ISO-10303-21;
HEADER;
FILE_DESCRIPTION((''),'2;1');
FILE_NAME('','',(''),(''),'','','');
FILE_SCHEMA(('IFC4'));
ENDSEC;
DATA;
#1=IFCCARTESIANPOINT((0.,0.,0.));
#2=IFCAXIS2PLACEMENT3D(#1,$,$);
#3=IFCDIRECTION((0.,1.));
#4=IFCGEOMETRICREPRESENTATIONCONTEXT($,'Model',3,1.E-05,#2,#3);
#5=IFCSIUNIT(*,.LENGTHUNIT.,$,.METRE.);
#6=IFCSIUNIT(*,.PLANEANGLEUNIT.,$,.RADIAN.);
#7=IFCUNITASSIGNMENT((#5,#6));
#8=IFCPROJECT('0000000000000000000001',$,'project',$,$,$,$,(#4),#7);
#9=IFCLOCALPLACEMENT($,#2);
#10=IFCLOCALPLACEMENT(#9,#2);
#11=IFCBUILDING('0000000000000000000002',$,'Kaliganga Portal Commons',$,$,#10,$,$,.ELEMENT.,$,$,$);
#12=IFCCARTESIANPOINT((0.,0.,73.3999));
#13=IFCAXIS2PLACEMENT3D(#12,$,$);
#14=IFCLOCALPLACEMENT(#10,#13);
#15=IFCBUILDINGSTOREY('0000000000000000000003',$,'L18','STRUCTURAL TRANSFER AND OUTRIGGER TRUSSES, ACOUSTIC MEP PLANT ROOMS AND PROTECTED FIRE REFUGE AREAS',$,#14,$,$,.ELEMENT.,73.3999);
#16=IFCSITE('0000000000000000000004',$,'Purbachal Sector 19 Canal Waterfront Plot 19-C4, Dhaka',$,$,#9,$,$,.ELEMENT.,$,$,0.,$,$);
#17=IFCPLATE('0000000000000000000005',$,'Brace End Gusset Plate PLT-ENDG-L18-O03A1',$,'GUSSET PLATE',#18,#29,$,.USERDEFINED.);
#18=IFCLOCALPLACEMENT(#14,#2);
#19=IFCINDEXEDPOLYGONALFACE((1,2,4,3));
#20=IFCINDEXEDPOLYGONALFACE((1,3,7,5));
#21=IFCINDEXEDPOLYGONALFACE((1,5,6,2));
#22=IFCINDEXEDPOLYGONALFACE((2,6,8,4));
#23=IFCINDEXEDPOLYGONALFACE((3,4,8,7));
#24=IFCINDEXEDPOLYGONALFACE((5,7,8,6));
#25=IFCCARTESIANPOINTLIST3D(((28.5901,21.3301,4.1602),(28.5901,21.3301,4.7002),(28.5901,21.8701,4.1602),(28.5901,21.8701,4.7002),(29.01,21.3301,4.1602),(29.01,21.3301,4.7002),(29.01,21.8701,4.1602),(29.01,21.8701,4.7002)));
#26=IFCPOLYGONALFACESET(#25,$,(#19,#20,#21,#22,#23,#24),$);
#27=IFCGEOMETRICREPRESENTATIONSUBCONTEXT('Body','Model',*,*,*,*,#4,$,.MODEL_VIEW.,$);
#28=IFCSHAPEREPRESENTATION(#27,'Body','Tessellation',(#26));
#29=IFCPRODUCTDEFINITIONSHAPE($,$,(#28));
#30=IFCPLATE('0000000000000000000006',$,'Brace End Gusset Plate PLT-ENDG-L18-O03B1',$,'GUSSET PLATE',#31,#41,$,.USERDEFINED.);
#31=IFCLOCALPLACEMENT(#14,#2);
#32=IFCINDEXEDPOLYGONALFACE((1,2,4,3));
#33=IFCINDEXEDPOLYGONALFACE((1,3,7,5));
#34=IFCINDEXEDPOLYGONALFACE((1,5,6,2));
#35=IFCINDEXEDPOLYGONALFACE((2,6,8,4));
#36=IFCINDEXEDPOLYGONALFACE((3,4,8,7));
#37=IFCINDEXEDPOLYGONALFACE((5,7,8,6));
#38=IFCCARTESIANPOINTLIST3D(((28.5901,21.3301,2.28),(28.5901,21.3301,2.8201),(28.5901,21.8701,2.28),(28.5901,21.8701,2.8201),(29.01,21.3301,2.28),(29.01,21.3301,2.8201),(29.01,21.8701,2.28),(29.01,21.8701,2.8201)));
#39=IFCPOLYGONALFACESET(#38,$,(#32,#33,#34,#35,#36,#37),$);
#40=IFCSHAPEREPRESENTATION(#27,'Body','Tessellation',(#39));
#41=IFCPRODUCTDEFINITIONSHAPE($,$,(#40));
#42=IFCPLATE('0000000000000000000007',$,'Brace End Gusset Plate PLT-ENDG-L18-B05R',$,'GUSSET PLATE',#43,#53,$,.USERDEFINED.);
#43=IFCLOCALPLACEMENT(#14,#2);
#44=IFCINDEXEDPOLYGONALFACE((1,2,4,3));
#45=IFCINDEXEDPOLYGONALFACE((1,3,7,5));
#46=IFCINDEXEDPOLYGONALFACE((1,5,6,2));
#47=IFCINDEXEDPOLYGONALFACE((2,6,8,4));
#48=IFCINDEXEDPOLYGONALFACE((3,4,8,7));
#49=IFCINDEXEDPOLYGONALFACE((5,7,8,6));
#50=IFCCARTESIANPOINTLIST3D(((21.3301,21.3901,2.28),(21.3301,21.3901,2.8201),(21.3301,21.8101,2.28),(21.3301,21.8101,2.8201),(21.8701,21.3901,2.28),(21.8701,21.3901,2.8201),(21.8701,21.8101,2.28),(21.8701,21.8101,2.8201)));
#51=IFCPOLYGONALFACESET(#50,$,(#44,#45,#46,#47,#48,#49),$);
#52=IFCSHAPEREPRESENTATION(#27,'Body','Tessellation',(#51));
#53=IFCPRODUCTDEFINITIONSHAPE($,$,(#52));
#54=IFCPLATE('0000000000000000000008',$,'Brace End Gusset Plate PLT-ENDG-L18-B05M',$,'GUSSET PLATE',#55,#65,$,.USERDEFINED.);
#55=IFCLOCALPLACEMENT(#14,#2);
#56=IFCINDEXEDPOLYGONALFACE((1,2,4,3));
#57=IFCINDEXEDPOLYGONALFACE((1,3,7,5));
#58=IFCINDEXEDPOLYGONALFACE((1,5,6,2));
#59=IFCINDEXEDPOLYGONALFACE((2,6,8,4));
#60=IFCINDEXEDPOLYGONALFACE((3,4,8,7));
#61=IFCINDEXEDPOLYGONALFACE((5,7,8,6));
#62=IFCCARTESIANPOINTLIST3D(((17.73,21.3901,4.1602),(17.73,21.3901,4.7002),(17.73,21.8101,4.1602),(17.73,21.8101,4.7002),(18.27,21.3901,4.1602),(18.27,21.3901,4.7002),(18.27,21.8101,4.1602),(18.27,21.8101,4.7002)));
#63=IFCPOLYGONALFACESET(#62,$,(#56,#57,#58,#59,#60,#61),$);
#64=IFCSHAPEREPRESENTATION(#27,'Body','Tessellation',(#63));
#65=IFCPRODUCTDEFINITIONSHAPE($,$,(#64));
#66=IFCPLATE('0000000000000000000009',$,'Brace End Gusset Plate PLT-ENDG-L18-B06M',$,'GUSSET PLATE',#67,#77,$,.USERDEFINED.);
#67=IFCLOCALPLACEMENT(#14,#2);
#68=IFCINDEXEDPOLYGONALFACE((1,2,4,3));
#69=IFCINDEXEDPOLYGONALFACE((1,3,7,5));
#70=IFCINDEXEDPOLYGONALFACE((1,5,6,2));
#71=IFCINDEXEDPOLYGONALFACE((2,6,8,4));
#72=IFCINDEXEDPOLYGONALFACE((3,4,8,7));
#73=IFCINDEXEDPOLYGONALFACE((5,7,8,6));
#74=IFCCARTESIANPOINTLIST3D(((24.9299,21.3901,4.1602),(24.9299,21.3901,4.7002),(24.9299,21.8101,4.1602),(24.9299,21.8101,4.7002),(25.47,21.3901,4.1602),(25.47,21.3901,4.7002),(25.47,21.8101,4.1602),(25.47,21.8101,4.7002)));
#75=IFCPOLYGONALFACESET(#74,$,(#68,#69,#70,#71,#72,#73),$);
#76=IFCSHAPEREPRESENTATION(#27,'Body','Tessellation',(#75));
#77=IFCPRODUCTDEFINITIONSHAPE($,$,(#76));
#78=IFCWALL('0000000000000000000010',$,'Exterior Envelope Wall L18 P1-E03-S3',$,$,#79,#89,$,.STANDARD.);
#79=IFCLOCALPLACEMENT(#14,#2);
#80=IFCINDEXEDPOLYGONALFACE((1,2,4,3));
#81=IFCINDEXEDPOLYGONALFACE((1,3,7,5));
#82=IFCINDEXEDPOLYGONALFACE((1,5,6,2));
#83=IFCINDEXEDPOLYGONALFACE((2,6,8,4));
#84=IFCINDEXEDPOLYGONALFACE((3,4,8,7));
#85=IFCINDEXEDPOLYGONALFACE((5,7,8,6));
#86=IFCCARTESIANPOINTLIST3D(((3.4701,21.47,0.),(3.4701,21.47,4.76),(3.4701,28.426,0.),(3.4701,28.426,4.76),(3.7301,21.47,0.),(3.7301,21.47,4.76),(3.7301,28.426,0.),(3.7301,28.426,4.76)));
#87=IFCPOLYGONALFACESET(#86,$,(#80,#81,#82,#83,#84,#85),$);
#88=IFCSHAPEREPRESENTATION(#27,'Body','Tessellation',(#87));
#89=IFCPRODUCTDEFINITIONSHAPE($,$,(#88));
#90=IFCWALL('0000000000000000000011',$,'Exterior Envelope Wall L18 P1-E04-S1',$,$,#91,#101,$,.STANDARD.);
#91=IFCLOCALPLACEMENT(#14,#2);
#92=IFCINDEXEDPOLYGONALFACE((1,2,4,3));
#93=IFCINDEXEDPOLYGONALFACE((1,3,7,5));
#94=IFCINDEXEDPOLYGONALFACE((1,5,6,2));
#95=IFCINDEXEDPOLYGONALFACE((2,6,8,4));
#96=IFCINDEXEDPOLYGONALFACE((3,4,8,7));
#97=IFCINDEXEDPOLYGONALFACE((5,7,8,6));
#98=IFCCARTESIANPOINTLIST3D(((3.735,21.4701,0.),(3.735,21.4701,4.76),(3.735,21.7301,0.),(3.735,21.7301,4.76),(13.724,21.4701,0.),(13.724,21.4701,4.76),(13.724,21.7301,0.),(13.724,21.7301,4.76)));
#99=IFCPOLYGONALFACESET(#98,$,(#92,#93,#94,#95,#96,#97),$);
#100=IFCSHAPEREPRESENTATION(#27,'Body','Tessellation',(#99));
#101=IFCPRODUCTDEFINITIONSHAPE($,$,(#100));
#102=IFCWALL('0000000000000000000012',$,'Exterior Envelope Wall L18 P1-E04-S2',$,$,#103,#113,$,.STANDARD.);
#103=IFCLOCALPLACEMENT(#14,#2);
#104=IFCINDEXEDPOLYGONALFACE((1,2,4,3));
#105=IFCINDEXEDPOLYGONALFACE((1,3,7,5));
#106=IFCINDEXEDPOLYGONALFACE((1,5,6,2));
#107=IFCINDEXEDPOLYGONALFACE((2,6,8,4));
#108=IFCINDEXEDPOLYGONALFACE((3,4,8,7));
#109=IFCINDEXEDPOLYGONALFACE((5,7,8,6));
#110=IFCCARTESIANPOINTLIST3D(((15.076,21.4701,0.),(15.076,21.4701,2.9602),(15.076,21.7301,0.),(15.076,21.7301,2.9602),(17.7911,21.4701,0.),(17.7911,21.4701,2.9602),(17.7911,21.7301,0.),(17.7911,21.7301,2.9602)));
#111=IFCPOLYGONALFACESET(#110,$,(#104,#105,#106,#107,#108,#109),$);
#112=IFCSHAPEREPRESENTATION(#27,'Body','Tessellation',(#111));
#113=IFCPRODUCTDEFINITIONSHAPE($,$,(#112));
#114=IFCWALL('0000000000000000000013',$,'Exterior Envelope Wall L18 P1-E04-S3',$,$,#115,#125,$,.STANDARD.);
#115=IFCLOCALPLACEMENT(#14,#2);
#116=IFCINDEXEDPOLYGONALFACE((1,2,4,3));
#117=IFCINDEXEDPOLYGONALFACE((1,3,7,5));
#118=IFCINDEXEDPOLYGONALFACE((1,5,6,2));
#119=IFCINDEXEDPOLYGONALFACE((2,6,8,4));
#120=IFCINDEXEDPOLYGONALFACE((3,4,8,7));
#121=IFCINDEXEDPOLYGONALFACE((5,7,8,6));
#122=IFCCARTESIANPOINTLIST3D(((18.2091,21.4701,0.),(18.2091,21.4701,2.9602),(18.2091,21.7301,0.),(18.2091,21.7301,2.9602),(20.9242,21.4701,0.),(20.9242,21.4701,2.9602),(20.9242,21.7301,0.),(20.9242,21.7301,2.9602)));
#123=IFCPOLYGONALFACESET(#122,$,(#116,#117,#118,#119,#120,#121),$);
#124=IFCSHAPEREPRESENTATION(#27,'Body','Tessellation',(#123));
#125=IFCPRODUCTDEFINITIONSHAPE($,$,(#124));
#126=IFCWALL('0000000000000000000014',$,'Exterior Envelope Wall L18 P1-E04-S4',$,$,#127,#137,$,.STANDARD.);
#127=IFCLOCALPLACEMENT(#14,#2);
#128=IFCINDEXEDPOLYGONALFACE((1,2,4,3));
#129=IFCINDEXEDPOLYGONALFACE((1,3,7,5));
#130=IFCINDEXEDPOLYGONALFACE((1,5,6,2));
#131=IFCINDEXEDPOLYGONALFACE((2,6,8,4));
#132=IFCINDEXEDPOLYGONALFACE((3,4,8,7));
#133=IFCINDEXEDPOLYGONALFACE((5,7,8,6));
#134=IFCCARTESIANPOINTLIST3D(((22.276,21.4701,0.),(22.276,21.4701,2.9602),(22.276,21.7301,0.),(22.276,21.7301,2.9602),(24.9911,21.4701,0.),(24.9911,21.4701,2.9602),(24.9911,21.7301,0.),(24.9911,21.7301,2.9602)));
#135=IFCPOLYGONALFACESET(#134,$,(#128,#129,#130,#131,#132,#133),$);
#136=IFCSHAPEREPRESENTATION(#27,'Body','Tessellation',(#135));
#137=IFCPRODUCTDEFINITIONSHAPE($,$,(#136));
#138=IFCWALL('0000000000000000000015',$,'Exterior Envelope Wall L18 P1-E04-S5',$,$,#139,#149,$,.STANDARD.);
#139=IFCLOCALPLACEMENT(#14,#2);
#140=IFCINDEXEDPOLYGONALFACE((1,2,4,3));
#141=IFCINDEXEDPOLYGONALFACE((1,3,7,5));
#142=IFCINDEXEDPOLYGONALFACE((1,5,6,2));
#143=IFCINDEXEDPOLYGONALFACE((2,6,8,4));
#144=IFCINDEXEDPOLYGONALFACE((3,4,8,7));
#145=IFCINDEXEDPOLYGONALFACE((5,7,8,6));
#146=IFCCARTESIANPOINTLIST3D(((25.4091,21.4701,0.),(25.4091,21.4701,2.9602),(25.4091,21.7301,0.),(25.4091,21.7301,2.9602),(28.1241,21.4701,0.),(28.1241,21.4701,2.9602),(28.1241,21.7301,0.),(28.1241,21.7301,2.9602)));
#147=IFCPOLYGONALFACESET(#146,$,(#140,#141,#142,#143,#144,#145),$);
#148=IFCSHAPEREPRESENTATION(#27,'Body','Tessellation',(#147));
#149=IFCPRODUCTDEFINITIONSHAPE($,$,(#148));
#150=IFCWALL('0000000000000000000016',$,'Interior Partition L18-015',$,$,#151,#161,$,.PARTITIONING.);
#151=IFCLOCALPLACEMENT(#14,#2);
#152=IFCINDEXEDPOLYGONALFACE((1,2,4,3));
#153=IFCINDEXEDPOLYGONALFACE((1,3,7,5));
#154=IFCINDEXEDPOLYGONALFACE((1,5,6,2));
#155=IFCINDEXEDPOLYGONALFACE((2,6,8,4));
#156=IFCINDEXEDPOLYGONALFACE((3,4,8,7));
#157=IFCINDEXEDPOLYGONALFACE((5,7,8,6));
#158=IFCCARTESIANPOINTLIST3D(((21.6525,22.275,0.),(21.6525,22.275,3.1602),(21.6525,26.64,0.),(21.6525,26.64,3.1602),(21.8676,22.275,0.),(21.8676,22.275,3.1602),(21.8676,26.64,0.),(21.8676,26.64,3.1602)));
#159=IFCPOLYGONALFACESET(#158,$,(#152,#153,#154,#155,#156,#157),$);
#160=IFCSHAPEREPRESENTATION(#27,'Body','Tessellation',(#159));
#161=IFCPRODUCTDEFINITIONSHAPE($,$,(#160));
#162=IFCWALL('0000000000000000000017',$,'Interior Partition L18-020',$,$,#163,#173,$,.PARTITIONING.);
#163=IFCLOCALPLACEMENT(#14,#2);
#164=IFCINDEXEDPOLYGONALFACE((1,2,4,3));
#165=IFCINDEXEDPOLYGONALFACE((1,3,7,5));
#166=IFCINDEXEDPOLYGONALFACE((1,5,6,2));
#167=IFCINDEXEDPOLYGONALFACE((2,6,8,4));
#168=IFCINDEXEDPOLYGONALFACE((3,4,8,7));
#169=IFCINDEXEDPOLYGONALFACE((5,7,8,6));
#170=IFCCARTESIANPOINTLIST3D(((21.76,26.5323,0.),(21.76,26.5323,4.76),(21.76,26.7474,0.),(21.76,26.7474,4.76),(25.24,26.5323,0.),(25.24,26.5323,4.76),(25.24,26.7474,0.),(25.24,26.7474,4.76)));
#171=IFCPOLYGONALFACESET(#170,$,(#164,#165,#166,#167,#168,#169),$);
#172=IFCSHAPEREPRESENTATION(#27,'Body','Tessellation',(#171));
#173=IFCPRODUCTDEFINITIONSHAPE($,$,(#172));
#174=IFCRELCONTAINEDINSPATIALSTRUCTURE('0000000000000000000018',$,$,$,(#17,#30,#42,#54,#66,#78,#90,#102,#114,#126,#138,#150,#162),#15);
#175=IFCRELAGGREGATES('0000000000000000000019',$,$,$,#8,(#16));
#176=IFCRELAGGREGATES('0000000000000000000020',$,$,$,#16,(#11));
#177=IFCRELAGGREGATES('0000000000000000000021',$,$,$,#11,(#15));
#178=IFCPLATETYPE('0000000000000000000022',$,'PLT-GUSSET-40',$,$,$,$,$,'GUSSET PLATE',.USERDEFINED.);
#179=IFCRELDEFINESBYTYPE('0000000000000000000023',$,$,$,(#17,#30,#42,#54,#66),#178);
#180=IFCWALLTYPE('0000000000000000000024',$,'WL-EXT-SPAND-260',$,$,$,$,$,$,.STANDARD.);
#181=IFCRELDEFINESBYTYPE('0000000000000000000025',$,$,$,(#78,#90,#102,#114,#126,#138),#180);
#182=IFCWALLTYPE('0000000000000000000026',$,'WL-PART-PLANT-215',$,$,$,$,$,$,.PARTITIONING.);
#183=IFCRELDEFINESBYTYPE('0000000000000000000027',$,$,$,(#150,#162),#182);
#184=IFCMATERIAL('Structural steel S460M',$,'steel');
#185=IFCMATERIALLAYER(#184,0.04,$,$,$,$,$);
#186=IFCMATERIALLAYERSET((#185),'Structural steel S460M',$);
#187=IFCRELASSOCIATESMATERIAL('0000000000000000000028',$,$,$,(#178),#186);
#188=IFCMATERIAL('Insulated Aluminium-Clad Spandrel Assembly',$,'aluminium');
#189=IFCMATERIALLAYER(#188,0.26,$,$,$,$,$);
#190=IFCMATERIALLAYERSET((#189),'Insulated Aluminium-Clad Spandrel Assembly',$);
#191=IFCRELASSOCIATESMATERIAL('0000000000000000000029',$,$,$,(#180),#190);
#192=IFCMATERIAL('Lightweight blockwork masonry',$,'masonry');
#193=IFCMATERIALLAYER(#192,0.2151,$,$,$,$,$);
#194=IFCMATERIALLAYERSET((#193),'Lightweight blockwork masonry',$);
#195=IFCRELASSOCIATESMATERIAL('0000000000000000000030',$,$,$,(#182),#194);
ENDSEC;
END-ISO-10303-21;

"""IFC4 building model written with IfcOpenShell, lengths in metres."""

from ifc_helpers import new_model, si_unit, direction, frame, frame_2d, origin, origin_2d, place, context, subcontext, project, spatial, rectangle, extrude, source, transform, mapped, material, layer, layer_set, type_object, element, save


model = new_model("IFC4")

# Units and contexts
model_context = context("Model", 3, precision=1e-05, world=origin(), true_north=direction((0.0, 1.0)))
body_context = subcontext(model_context, "Body", "Model", "MODEL_VIEW")
ifc_project = project(units=[si_unit("LENGTHUNIT", "METRE"), si_unit("PLANEANGLEUNIT", "RADIAN")], contexts=[model_context])

# Site, building, storey
site_placement = place(None, origin())
site = spatial("IfcSite", under=ifc_project, at=site_placement, Name="Purbachal Sector 19 Canal Waterfront Plot 19-C4, Dhaka", CompositionType="ELEMENT", RefElevation=0.0)
building_placement = place(site_placement, origin())
building = spatial("IfcBuilding", under=site, at=building_placement, Name="Kaliganga Portal Commons", CompositionType="ELEMENT")
storey_placement = place(building_placement, frame((0.0, 0.0, 73.3999)))
storey = spatial("IfcBuildingStorey", under=building, at=storey_placement, Name="L18", Description="STRUCTURAL TRANSFER AND OUTRIGGER TRUSSES, ACOUSTIC MEP PLANT ROOMS AND PROTECTED FIRE REFUGE AREAS", CompositionType="ELEMENT", Elevation=73.3999)

# Shared definitions
ifc_material_1 = material(Name="Structural steel S460M", Category="steel")

# Plates
ifc_layer_1 = layer(ifc_material_1, 0.04)
ifc_layer_set_1 = layer_set([ifc_layer_1], Name="Structural steel S460M")
plate_type = type_object("IfcPlateType", Name="PLT-GUSSET-40", ElementType="GUSSET PLATE", PredefinedType="USERDEFINED", material=ifc_layer_set_1)
shared_shape_1 = source(origin(), body_context, "Body", "SweptSolid", [
    extrude(rectangle(XDim=0.54, YDim=0.4199, at=origin_2d()), origin(), (0.0, 0.0, 1.0), 0.54),
])
for number, where, z_axis, x_axis, name in (
    (1, (28.8, 21.6001, 4.1602), (0.0, 0.0, 1.0), (0.0, -1.0, 0.0), "Brace End Gusset Plate PLT-ENDG-L18-O03A1"),
    (2, (28.8, 21.6001, 2.28), (0.0, 0.0, 1.0), (0.0, -1.0, 0.0), "Brace End Gusset Plate PLT-ENDG-L18-O03B1"),
    (3, (21.6001, 21.6001, 2.28), (0.0, 0.0, 1.0), (1.0, 0.0, 0.0), "Brace End Gusset Plate PLT-ENDG-L18-B05R"),
    (4, (18.0, 21.6001, 4.1602), (0.0, 0.0, 1.0), (1.0, 0.0, 0.0), "Brace End Gusset Plate PLT-ENDG-L18-B05M"),
    (5, (25.2, 21.6001, 4.1602), (0.0, 0.0, 1.0), (1.0, 0.0, 0.0), "Brace End Gusset Plate PLT-ENDG-L18-B06M"),
):
    element("IfcPlate", number, at=place(storey_placement, frame(where, z_axis=z_axis, x_axis=x_axis)), inside=storey, type_object=plate_type, Name=name, ObjectType="GUSSET PLATE", PredefinedType="USERDEFINED", context=body_context, shape_type="MappedRepresentation", body=[
        mapped(shared_shape_1, transform((0.0, 0.0, 0.0), x_axis=(1.0, 0.0, 0.0), y_axis=(0.0, 1.0, 0.0), z_axis=(0.0, 0.0, 1.0), scale=1.0)),
    ])

# Walls
ifc_material_2 = material(Name="Insulated Aluminium-Clad Spandrel Assembly", Category="aluminium")
ifc_layer_2 = layer(ifc_material_2, 0.26)
ifc_layer_set_2 = layer_set([ifc_layer_2], Name="Insulated Aluminium-Clad Spandrel Assembly")
wall_type_1 = type_object("IfcWallType", Name="WL-EXT-SPAND-260", PredefinedType="STANDARD", material=ifc_layer_set_2)
wall_1_placement = place(storey_placement, frame((3.6001, 21.47, 0.0), z_axis=(0.0, 0.0, 1.0), x_axis=(0.0, 1.0, 0.0)))
element("IfcWall", 6, at=wall_1_placement, inside=storey, type_object=wall_type_1, Name="Exterior Envelope Wall L18 P1-E03-S3", PredefinedType="STANDARD", context=body_context, shape_type="SweptSolid", body=[
    extrude(rectangle(XDim=6.9561, YDim=0.26, at=frame_2d((3.478, 0.0))), origin(), (0.0, 0.0, 1.0), 4.76),
])
wall_2_placement = place(storey_placement, frame((13.7241, 21.6001, 0.0), z_axis=(0.0, 0.0, 1.0), x_axis=(-1.0, 0.0, 0.0)))
element("IfcWall", 7, at=wall_2_placement, inside=storey, type_object=wall_type_1, Name="Exterior Envelope Wall L18 P1-E04-S1", PredefinedType="STANDARD", context=body_context, shape_type="SweptSolid", body=[
    extrude(rectangle(XDim=9.989, YDim=0.26, at=frame_2d((4.9946, 0.0))), origin(), (0.0, 0.0, 1.0), 4.76),
])
for number, where, z_axis, x_axis, name in (
    (8, (17.791, 21.6001, 0.0), (0.0, 0.0, 1.0), (-1.0, 0.0, 0.0), "Exterior Envelope Wall L18 P1-E04-S2"),
    (9, (20.9241, 21.6001, 0.0), (0.0, 0.0, 1.0), (-1.0, 0.0, 0.0), "Exterior Envelope Wall L18 P1-E04-S3"),
    (10, (24.991, 21.6001, 0.0), (0.0, 0.0, 1.0), (-1.0, 0.0, 0.0), "Exterior Envelope Wall L18 P1-E04-S4"),
    (11, (28.124, 21.6001, 0.0), (0.0, 0.0, 1.0), (-1.0, 0.0, 0.0), "Exterior Envelope Wall L18 P1-E04-S5"),
):
    element("IfcWall", number, at=place(storey_placement, frame(where, z_axis=z_axis, x_axis=x_axis)), inside=storey, type_object=wall_type_1, Name=name, PredefinedType="STANDARD", context=body_context, shape_type="SweptSolid", body=[
        extrude(rectangle(XDim=2.7151, YDim=0.26, at=frame_2d((1.3574, 0.0))), origin(), (0.0, 0.0, 1.0), 2.9602),
    ])
ifc_material_3 = material(Name="Lightweight blockwork masonry", Category="masonry")
ifc_layer_3 = layer(ifc_material_3, 0.2151)
ifc_layer_set_3 = layer_set([ifc_layer_3], Name="Lightweight blockwork masonry")
wall_type_2 = type_object("IfcWallType", Name="WL-PART-PLANT-215", PredefinedType="PARTITIONING", material=ifc_layer_set_3)
wall_3_placement = place(storey_placement, frame((21.76, 22.2749, 0.0), z_axis=(0.0, 0.0, 1.0), x_axis=(0.0, 1.0, 0.0)))
element("IfcWall", 12, at=wall_3_placement, inside=storey, type_object=wall_type_2, Name="Interior Partition L18-015", PredefinedType="PARTITIONING", context=body_context, shape_type="SweptSolid", body=[
    extrude(rectangle(XDim=4.365, YDim=0.2151, at=frame_2d((2.1826, 0.0))), origin(), (0.0, 0.0, 1.0), 3.1602),
])
wall_4_placement = place(storey_placement, frame((21.76, 26.6399, 0.0), z_axis=(0.0, 0.0, 1.0), x_axis=(1.0, 0.0, 0.0)))
element("IfcWall", 13, at=wall_4_placement, inside=storey, type_object=wall_type_2, Name="Interior Partition L18-020", PredefinedType="PARTITIONING", context=body_context, shape_type="SweptSolid", body=[
    extrude(rectangle(XDim=3.48, YDim=0.2151, at=frame_2d((1.74, 0.0))), origin(), (0.0, 0.0, 1.0), 4.76),
])

save(model, "model.ifc")
